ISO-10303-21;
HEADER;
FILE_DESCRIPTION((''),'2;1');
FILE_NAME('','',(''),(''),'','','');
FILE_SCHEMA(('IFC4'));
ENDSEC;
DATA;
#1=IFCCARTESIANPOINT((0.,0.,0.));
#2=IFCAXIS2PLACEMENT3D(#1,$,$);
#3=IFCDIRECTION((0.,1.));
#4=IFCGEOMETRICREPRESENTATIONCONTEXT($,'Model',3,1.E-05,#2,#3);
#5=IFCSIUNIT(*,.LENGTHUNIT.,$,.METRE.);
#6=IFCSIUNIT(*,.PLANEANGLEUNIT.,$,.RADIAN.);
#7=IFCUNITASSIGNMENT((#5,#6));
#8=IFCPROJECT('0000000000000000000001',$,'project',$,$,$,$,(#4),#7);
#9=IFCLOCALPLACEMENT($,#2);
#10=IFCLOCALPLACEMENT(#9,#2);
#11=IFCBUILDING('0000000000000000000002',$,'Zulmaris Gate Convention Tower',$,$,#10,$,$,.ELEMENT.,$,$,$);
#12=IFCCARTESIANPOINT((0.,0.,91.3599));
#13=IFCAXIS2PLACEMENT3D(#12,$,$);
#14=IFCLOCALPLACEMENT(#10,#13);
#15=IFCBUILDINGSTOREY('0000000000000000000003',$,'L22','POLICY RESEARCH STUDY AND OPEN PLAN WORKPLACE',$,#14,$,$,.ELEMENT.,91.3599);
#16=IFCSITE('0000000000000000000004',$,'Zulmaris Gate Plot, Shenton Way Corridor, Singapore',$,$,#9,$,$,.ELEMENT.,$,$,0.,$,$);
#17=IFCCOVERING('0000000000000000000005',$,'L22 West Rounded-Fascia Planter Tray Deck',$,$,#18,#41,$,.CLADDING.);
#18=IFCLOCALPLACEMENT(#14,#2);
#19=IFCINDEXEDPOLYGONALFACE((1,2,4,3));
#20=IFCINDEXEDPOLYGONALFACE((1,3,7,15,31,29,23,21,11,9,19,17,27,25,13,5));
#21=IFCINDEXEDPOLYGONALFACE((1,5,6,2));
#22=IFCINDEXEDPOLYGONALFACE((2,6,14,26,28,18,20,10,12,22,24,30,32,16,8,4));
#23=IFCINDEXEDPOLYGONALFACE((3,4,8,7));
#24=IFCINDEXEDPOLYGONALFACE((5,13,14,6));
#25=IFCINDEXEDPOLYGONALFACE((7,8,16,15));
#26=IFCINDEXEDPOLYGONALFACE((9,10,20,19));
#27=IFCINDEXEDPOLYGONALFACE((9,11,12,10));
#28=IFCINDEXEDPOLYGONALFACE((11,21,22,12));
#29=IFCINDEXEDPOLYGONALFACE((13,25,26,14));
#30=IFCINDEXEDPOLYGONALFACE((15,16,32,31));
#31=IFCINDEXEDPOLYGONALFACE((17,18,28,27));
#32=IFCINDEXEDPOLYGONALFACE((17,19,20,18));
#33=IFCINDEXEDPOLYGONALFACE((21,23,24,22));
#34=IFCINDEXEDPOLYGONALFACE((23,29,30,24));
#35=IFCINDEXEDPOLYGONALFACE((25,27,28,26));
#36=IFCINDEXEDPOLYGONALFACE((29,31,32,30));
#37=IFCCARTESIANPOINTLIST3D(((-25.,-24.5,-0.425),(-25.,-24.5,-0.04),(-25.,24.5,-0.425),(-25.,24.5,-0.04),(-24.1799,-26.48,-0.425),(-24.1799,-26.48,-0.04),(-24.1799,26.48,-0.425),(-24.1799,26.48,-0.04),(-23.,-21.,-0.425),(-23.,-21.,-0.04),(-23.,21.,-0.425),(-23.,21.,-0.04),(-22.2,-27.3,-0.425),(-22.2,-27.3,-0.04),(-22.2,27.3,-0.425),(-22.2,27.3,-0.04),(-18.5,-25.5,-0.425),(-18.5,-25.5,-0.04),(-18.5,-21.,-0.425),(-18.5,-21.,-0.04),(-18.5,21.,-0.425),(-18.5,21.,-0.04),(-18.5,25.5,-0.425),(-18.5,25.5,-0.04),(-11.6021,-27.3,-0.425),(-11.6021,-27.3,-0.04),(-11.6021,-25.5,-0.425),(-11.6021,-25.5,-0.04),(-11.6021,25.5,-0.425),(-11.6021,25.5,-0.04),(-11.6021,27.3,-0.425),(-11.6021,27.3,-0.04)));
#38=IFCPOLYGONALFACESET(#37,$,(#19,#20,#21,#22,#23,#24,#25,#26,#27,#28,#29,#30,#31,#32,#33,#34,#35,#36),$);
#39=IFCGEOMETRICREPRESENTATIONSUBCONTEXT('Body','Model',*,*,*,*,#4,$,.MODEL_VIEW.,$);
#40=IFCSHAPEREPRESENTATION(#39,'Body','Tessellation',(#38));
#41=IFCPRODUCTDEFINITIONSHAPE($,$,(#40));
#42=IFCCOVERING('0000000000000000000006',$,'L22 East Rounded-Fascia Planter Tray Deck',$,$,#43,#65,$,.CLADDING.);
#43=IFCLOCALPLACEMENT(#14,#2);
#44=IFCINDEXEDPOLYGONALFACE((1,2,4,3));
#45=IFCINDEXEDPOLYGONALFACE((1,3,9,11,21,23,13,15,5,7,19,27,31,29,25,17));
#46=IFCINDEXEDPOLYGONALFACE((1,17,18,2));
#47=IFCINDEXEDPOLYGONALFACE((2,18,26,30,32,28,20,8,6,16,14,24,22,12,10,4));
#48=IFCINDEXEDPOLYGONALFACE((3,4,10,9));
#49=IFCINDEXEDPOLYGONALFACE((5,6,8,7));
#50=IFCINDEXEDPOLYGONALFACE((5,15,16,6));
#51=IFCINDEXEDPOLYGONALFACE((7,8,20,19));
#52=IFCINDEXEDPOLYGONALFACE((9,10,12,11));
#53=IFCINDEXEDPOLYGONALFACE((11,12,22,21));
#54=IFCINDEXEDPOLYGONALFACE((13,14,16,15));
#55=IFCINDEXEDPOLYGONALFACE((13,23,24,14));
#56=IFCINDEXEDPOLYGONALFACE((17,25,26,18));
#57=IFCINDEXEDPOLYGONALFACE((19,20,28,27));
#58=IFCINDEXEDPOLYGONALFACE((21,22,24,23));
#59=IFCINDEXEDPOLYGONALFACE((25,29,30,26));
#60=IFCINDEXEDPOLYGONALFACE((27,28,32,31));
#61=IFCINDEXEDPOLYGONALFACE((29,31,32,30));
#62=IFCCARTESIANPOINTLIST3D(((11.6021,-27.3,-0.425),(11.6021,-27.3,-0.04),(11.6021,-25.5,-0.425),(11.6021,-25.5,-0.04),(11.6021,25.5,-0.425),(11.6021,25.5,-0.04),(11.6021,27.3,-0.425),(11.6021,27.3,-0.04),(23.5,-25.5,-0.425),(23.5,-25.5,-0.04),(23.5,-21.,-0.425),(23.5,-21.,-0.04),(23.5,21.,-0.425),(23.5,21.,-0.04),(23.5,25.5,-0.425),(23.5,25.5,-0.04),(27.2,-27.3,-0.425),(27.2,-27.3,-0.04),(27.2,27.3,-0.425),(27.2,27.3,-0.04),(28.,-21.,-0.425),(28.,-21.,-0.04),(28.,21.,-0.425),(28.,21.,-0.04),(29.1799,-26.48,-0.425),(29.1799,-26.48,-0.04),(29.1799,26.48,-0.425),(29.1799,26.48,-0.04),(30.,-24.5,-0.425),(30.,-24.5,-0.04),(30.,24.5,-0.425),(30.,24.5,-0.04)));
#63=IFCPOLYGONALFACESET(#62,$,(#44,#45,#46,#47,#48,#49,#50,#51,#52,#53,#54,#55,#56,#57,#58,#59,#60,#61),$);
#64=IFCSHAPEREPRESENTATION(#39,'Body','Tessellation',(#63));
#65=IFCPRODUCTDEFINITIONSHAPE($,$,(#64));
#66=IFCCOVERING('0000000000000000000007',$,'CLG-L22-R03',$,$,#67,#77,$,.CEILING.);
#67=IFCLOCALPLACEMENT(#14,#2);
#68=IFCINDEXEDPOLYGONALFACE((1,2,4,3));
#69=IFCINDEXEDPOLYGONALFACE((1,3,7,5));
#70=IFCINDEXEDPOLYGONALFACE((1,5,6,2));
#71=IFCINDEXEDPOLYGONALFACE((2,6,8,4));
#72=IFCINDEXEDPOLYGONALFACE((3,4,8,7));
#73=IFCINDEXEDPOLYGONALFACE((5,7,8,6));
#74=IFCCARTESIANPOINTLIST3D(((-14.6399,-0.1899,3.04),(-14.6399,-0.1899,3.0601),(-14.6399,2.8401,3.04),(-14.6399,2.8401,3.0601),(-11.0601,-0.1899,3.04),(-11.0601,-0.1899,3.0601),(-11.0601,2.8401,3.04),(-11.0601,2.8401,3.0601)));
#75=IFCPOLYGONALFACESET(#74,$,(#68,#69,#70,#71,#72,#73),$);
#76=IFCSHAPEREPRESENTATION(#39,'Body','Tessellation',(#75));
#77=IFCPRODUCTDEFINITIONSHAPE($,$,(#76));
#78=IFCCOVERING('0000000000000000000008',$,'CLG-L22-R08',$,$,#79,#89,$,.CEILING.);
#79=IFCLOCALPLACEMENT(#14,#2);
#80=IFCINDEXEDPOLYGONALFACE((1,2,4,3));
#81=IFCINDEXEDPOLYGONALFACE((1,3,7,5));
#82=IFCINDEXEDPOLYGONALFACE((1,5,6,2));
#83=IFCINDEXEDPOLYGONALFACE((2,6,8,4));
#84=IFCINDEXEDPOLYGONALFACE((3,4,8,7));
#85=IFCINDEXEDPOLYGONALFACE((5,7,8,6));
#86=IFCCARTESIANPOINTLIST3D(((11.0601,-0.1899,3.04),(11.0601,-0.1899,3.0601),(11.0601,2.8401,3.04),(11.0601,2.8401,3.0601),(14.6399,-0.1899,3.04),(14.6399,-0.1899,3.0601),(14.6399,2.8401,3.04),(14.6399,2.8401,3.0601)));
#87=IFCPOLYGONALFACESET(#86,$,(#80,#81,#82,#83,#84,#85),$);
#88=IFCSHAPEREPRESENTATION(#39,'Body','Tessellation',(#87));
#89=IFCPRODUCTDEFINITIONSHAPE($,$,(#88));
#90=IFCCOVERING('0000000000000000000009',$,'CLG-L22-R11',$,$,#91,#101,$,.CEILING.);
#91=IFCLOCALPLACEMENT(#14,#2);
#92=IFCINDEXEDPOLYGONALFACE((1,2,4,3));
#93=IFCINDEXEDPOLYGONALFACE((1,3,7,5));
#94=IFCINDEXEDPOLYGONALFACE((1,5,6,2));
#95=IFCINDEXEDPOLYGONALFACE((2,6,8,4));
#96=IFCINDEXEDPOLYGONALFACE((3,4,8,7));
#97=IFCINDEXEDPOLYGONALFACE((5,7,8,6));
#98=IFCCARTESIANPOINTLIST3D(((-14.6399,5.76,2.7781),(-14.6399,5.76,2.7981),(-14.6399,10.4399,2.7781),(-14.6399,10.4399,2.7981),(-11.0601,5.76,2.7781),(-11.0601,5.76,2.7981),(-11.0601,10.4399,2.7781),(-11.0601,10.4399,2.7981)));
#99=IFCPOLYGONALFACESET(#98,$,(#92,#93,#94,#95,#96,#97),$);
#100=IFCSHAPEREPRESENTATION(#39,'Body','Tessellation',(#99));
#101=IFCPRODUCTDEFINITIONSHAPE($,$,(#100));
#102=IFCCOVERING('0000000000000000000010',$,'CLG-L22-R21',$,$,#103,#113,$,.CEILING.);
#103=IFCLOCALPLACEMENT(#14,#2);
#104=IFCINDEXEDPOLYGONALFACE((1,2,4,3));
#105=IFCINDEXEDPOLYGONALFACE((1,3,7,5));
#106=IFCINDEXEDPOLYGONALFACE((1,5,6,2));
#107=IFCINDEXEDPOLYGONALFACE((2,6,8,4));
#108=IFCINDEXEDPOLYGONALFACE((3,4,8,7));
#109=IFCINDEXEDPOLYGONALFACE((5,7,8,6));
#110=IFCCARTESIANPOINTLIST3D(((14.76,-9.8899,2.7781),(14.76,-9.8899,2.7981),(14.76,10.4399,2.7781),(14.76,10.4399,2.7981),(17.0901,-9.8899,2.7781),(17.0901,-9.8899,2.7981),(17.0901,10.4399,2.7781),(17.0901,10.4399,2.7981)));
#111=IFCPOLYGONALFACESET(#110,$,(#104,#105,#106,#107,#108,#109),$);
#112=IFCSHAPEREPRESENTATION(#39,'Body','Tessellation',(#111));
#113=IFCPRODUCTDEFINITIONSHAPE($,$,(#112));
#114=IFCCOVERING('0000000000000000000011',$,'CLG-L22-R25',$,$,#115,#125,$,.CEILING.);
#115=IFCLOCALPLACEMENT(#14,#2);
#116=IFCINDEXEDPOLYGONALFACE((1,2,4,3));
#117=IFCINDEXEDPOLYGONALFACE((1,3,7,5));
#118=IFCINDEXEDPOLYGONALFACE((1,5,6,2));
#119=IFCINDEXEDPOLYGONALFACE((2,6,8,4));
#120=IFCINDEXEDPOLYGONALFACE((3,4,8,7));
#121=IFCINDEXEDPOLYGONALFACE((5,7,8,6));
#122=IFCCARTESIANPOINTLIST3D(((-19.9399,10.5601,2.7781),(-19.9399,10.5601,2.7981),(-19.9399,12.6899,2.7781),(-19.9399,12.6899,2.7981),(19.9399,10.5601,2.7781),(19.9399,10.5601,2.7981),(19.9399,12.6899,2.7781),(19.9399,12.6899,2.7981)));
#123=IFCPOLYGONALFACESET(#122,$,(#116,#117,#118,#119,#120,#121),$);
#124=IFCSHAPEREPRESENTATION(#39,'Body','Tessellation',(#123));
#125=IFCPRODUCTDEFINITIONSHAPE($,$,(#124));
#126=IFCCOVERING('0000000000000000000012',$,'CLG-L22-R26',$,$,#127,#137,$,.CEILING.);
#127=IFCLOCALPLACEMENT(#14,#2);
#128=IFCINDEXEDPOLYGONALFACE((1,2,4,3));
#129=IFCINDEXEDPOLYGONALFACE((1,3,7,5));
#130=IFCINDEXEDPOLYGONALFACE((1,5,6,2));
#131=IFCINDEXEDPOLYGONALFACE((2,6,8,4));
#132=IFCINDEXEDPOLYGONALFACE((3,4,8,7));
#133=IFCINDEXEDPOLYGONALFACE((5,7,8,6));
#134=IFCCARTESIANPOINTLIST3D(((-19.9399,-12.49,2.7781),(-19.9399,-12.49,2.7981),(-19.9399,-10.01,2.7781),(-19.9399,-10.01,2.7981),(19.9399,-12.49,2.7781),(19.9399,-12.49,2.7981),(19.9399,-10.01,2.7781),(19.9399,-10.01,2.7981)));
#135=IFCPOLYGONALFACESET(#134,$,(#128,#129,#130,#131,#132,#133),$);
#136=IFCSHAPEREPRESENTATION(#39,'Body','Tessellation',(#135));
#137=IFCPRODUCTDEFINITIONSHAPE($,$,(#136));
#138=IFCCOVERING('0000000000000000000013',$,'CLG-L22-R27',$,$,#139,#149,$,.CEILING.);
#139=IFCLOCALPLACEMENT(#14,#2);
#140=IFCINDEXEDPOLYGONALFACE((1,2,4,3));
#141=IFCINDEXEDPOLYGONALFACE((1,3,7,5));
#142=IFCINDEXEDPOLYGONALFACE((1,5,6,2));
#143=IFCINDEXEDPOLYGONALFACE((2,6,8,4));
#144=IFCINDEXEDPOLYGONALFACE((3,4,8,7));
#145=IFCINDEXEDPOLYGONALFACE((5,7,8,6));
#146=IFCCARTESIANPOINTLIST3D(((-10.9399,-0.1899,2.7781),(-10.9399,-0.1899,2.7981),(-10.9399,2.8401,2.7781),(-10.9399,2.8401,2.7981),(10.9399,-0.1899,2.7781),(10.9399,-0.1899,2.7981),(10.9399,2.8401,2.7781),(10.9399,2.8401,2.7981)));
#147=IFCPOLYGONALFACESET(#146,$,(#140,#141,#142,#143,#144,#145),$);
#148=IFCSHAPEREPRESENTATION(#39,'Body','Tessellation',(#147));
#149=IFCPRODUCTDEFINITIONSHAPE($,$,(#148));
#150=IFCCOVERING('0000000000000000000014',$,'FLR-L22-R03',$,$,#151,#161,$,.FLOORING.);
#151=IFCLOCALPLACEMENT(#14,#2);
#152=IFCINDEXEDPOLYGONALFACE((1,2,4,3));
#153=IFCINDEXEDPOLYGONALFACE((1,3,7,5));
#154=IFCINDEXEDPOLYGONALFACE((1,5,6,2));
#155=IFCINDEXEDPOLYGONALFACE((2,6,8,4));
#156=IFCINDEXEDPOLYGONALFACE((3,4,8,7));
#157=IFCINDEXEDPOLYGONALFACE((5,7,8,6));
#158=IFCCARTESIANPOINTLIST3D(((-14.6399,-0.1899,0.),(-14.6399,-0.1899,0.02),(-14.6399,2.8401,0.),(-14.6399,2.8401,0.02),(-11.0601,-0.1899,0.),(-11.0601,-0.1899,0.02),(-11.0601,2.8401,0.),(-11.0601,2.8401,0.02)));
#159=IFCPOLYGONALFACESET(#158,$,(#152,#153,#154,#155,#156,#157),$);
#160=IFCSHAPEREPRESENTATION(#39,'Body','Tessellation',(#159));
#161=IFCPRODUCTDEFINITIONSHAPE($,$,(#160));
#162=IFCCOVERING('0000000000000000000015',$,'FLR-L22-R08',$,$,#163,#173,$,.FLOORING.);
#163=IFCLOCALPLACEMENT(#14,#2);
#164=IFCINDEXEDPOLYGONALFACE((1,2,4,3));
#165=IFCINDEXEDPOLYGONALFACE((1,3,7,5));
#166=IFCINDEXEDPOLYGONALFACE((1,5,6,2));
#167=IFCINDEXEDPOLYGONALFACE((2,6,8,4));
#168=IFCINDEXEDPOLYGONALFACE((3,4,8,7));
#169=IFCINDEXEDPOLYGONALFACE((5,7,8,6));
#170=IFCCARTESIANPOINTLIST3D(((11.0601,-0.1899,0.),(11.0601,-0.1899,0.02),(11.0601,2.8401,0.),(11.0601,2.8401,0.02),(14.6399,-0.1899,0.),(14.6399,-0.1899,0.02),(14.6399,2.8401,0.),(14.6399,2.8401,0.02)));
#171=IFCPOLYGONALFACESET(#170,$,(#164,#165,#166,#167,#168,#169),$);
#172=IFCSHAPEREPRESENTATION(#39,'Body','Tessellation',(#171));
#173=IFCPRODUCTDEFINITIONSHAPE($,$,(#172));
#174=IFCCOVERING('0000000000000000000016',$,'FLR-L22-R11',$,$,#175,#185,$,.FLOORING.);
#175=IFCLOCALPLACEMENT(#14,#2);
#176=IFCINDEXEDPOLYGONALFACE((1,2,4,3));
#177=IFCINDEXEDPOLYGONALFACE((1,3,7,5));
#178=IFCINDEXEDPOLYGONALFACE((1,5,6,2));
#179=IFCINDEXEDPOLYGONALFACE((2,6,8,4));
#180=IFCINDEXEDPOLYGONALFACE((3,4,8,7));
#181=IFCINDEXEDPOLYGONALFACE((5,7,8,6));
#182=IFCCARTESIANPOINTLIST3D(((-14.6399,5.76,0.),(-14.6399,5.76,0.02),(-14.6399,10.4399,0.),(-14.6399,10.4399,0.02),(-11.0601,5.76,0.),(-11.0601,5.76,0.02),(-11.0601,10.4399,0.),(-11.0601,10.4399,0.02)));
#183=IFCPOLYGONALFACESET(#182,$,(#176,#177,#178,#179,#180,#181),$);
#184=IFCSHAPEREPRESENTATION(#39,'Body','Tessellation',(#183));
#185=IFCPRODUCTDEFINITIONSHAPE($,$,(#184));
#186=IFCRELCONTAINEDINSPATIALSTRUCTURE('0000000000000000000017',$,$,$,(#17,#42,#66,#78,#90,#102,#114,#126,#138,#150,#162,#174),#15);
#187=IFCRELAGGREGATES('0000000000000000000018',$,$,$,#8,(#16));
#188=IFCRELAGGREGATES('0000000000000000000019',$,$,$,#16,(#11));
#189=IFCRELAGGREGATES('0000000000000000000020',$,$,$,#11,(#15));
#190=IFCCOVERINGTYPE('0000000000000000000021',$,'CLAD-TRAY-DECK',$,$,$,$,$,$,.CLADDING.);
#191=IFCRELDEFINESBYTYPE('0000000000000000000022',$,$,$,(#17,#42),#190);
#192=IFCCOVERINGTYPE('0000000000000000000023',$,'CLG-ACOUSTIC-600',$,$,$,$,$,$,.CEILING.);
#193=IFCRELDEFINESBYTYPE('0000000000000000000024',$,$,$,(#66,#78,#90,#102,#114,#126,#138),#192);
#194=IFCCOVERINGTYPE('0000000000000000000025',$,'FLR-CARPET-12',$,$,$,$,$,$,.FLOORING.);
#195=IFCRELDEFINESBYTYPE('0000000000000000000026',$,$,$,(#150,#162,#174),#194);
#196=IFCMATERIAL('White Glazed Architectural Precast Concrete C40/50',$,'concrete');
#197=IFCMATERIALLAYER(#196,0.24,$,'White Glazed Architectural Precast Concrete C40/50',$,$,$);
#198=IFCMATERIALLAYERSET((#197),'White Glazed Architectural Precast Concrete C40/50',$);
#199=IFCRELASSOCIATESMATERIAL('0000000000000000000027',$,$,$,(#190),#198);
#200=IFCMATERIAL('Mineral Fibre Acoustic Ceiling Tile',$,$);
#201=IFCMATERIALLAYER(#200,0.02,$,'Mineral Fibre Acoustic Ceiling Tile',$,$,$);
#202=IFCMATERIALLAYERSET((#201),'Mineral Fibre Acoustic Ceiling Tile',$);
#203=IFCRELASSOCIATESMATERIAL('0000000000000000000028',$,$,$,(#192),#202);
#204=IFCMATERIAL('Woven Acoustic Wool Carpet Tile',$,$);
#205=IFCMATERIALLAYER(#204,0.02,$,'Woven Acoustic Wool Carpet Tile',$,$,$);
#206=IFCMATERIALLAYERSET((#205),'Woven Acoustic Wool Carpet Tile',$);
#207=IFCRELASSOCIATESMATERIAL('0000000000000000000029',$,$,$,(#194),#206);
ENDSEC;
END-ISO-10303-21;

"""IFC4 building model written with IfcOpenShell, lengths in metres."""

from ifc_helpers import new_model, si_unit, direction, frame, origin, place, context, subcontext, project, spatial, polyline, outline, extrude, material, layer, layer_set, type_object, element, save


model = new_model("IFC4")

# Units and contexts
model_context = context("Model", 3, precision=1e-05, world=origin(), true_north=direction((0.0, 1.0)))
body_context = subcontext(model_context, "Body", "Model", "MODEL_VIEW")
ifc_project = project(units=[si_unit("LENGTHUNIT", "METRE"), si_unit("PLANEANGLEUNIT", "RADIAN")], contexts=[model_context])

# Site, building, storey
site_placement = place(None, origin())
site = spatial("IfcSite", under=ifc_project, at=site_placement, Name="Zulmaris Gate Plot, Shenton Way Corridor, Singapore", CompositionType="ELEMENT", RefElevation=0.0)
building_placement = place(site_placement, origin())
building = spatial("IfcBuilding", under=site, at=building_placement, Name="Zulmaris Gate Convention Tower", CompositionType="ELEMENT")
storey_placement = place(building_placement, frame((0.0, 0.0, 91.3599)))
storey = spatial("IfcBuildingStorey", under=building, at=storey_placement, Name="L22", Description="POLICY RESEARCH STUDY AND OPEN PLAN WORKPLACE", CompositionType="ELEMENT", Elevation=91.3599)

# Coverings
ifc_material_1 = material(Name="White Glazed Architectural Precast Concrete C40/50", Category="concrete")
ifc_layer_1 = layer(ifc_material_1, 0.24, Name="White Glazed Architectural Precast Concrete C40/50")
ifc_layer_set_1 = layer_set([ifc_layer_1], Name="White Glazed Architectural Precast Concrete C40/50")
covering_type_1 = type_object("IfcCoveringType", Name="CLAD-TRAY-DECK", PredefinedType="CLADDING", material=ifc_layer_set_1)
covering_1_placement = place(storey_placement, frame((0.0, 0.0, -0.425)))
element("IfcCovering", 1, at=covering_1_placement, inside=storey, type_object=covering_type_1, Name="L22 West Rounded-Fascia Planter Tray Deck", PredefinedType="CLADDING", context=body_context, shape_type="SweptSolid", body=[
    extrude(outline(polyline([(-25.0, 24.5), (-24.1799, 26.48), (-22.2, 27.3), (-11.6021, 27.3), (-11.6021, 25.5), (-18.5, 25.5), (-18.5, 21.0), (-23.0, 21.0), (-23.0, -21.0), (-18.5, -21.0), (-18.5, -25.5), (-11.6021, -25.5), (-11.6021, -27.3), (-22.2, -27.3), (-24.1799, -26.48), (-25.0, -24.5), (-25.0, 24.5)])), origin(), (0.0, 0.0, 1.0), 0.385),
])
covering_2_placement = place(storey_placement, frame((0.0, 0.0, -0.425)))
element("IfcCovering", 2, at=covering_2_placement, inside=storey, type_object=covering_type_1, Name="L22 East Rounded-Fascia Planter Tray Deck", PredefinedType="CLADDING", context=body_context, shape_type="SweptSolid", body=[
    extrude(outline(polyline([(27.2, 27.3), (29.1799, 26.48), (30.0, 24.5), (30.0, -24.5), (29.1799, -26.48), (27.2, -27.3), (11.6021, -27.3), (11.6021, -25.5), (23.5, -25.5), (23.5, -21.0), (28.0, -21.0), (28.0, 21.0), (23.5, 21.0), (23.5, 25.5), (11.6021, 25.5), (11.6021, 27.3), (27.2, 27.3)])), origin(), (0.0, 0.0, 1.0), 0.385),
])
ifc_material_2 = material(Name="Mineral Fibre Acoustic Ceiling Tile")
ifc_layer_2 = layer(ifc_material_2, 0.02, Name="Mineral Fibre Acoustic Ceiling Tile")
ifc_layer_set_2 = layer_set([ifc_layer_2], Name="Mineral Fibre Acoustic Ceiling Tile")
covering_type_2 = type_object("IfcCoveringType", Name="CLG-ACOUSTIC-600", PredefinedType="CEILING", material=ifc_layer_set_2)
covering_3_placement = place(storey_placement, frame((0.0, 0.0, 3.04)))
element("IfcCovering", 3, at=covering_3_placement, inside=storey, type_object=covering_type_2, Name="CLG-L22-R03", PredefinedType="CEILING", context=body_context, shape_type="SweptSolid", body=[
    extrude(outline(polyline([(-14.6399, -0.1899), (-11.0601, -0.1899), (-11.0601, 2.8401), (-14.6399, 2.8401), (-14.6399, -0.1899)])), origin(), (0.0, 0.0, 1.0), 0.02),
])
covering_4_placement = place(storey_placement, frame((0.0, 0.0, 3.04)))
element("IfcCovering", 4, at=covering_4_placement, inside=storey, type_object=covering_type_2, Name="CLG-L22-R08", PredefinedType="CEILING", context=body_context, shape_type="SweptSolid", body=[
    extrude(outline(polyline([(11.0601, -0.1899), (14.6399, -0.1899), (14.6399, 2.8401), (11.0601, 2.8401), (11.0601, -0.1899)])), origin(), (0.0, 0.0, 1.0), 0.02),
])
covering_5_placement = place(storey_placement, frame((0.0, 0.0, 2.7781)))
element("IfcCovering", 5, at=covering_5_placement, inside=storey, type_object=covering_type_2, Name="CLG-L22-R11", PredefinedType="CEILING", context=body_context, shape_type="SweptSolid", body=[
    extrude(outline(polyline([(-14.6399, 5.76), (-11.0601, 5.76), (-11.0601, 10.4399), (-14.6399, 10.4399), (-14.6399, 5.76)])), origin(), (0.0, 0.0, 1.0), 0.02),
])
covering_6_placement = place(storey_placement, frame((0.0, 0.0, 2.7781)))
element("IfcCovering", 6, at=covering_6_placement, inside=storey, type_object=covering_type_2, Name="CLG-L22-R21", PredefinedType="CEILING", context=body_context, shape_type="SweptSolid", body=[
    extrude(outline(polyline([(14.76, -9.8899), (17.0901, -9.8899), (17.0901, 10.4399), (14.76, 10.4399), (14.76, -9.8899)])), origin(), (0.0, 0.0, 1.0), 0.02),
])
covering_7_placement = place(storey_placement, frame((0.0, 0.0, 2.7781)))
element("IfcCovering", 7, at=covering_7_placement, inside=storey, type_object=covering_type_2, Name="CLG-L22-R25", PredefinedType="CEILING", context=body_context, shape_type="SweptSolid", body=[
    extrude(outline(polyline([(-19.9399, 10.5601), (19.9399, 10.5601), (19.9399, 12.6899), (-19.9399, 12.6899), (-19.9399, 10.5601)])), origin(), (0.0, 0.0, 1.0), 0.02),
])
covering_8_placement = place(storey_placement, frame((0.0, 0.0, 2.7781)))
element("IfcCovering", 8, at=covering_8_placement, inside=storey, type_object=covering_type_2, Name="CLG-L22-R26", PredefinedType="CEILING", context=body_context, shape_type="SweptSolid", body=[
    extrude(outline(polyline([(-19.9399, -12.49), (19.9399, -12.49), (19.9399, -10.01), (-19.9399, -10.01), (-19.9399, -12.49)])), origin(), (0.0, 0.0, 1.0), 0.02),
])
covering_9_placement = place(storey_placement, frame((0.0, 0.0, 2.7781)))
element("IfcCovering", 9, at=covering_9_placement, inside=storey, type_object=covering_type_2, Name="CLG-L22-R27", PredefinedType="CEILING", context=body_context, shape_type="SweptSolid", body=[
    extrude(outline(polyline([(-10.9399, -0.1899), (10.9399, -0.1899), (10.9399, 2.8401), (-10.9399, 2.8401), (-10.9399, -0.1899)])), origin(), (0.0, 0.0, 1.0), 0.02),
])
ifc_material_3 = material(Name="Woven Acoustic Wool Carpet Tile")
ifc_layer_3 = layer(ifc_material_3, 0.02, Name="Woven Acoustic Wool Carpet Tile")
ifc_layer_set_3 = layer_set([ifc_layer_3], Name="Woven Acoustic Wool Carpet Tile")
covering_type_3 = type_object("IfcCoveringType", Name="FLR-CARPET-12", PredefinedType="FLOORING", material=ifc_layer_set_3)
covering_10_placement = place(storey_placement, origin())
element("IfcCovering", 10, at=covering_10_placement, inside=storey, type_object=covering_type_3, Name="FLR-L22-R03", PredefinedType="FLOORING", context=body_context, shape_type="SweptSolid", body=[
    extrude(outline(polyline([(-14.6399, -0.1899), (-11.0601, -0.1899), (-11.0601, 2.8401), (-14.6399, 2.8401), (-14.6399, -0.1899)])), origin(), (0.0, 0.0, 1.0), 0.02),
])
covering_11_placement = place(storey_placement, origin())
element("IfcCovering", 11, at=covering_11_placement, inside=storey, type_object=covering_type_3, Name="FLR-L22-R08", PredefinedType="FLOORING", context=body_context, shape_type="SweptSolid", body=[
    extrude(outline(polyline([(11.0601, -0.1899), (14.6399, -0.1899), (14.6399, 2.8401), (11.0601, 2.8401), (11.0601, -0.1899)])), origin(), (0.0, 0.0, 1.0), 0.02),
])
covering_12_placement = place(storey_placement, origin())
element("IfcCovering", 12, at=covering_12_placement, inside=storey, type_object=covering_type_3, Name="FLR-L22-R11", PredefinedType="FLOORING", context=body_context, shape_type="SweptSolid", body=[
    extrude(outline(polyline([(-14.6399, 5.76), (-11.0601, 5.76), (-11.0601, 10.4399), (-14.6399, 10.4399), (-14.6399, 5.76)])), origin(), (0.0, 0.0, 1.0), 0.02),
])

save(model, "model.ifc")
